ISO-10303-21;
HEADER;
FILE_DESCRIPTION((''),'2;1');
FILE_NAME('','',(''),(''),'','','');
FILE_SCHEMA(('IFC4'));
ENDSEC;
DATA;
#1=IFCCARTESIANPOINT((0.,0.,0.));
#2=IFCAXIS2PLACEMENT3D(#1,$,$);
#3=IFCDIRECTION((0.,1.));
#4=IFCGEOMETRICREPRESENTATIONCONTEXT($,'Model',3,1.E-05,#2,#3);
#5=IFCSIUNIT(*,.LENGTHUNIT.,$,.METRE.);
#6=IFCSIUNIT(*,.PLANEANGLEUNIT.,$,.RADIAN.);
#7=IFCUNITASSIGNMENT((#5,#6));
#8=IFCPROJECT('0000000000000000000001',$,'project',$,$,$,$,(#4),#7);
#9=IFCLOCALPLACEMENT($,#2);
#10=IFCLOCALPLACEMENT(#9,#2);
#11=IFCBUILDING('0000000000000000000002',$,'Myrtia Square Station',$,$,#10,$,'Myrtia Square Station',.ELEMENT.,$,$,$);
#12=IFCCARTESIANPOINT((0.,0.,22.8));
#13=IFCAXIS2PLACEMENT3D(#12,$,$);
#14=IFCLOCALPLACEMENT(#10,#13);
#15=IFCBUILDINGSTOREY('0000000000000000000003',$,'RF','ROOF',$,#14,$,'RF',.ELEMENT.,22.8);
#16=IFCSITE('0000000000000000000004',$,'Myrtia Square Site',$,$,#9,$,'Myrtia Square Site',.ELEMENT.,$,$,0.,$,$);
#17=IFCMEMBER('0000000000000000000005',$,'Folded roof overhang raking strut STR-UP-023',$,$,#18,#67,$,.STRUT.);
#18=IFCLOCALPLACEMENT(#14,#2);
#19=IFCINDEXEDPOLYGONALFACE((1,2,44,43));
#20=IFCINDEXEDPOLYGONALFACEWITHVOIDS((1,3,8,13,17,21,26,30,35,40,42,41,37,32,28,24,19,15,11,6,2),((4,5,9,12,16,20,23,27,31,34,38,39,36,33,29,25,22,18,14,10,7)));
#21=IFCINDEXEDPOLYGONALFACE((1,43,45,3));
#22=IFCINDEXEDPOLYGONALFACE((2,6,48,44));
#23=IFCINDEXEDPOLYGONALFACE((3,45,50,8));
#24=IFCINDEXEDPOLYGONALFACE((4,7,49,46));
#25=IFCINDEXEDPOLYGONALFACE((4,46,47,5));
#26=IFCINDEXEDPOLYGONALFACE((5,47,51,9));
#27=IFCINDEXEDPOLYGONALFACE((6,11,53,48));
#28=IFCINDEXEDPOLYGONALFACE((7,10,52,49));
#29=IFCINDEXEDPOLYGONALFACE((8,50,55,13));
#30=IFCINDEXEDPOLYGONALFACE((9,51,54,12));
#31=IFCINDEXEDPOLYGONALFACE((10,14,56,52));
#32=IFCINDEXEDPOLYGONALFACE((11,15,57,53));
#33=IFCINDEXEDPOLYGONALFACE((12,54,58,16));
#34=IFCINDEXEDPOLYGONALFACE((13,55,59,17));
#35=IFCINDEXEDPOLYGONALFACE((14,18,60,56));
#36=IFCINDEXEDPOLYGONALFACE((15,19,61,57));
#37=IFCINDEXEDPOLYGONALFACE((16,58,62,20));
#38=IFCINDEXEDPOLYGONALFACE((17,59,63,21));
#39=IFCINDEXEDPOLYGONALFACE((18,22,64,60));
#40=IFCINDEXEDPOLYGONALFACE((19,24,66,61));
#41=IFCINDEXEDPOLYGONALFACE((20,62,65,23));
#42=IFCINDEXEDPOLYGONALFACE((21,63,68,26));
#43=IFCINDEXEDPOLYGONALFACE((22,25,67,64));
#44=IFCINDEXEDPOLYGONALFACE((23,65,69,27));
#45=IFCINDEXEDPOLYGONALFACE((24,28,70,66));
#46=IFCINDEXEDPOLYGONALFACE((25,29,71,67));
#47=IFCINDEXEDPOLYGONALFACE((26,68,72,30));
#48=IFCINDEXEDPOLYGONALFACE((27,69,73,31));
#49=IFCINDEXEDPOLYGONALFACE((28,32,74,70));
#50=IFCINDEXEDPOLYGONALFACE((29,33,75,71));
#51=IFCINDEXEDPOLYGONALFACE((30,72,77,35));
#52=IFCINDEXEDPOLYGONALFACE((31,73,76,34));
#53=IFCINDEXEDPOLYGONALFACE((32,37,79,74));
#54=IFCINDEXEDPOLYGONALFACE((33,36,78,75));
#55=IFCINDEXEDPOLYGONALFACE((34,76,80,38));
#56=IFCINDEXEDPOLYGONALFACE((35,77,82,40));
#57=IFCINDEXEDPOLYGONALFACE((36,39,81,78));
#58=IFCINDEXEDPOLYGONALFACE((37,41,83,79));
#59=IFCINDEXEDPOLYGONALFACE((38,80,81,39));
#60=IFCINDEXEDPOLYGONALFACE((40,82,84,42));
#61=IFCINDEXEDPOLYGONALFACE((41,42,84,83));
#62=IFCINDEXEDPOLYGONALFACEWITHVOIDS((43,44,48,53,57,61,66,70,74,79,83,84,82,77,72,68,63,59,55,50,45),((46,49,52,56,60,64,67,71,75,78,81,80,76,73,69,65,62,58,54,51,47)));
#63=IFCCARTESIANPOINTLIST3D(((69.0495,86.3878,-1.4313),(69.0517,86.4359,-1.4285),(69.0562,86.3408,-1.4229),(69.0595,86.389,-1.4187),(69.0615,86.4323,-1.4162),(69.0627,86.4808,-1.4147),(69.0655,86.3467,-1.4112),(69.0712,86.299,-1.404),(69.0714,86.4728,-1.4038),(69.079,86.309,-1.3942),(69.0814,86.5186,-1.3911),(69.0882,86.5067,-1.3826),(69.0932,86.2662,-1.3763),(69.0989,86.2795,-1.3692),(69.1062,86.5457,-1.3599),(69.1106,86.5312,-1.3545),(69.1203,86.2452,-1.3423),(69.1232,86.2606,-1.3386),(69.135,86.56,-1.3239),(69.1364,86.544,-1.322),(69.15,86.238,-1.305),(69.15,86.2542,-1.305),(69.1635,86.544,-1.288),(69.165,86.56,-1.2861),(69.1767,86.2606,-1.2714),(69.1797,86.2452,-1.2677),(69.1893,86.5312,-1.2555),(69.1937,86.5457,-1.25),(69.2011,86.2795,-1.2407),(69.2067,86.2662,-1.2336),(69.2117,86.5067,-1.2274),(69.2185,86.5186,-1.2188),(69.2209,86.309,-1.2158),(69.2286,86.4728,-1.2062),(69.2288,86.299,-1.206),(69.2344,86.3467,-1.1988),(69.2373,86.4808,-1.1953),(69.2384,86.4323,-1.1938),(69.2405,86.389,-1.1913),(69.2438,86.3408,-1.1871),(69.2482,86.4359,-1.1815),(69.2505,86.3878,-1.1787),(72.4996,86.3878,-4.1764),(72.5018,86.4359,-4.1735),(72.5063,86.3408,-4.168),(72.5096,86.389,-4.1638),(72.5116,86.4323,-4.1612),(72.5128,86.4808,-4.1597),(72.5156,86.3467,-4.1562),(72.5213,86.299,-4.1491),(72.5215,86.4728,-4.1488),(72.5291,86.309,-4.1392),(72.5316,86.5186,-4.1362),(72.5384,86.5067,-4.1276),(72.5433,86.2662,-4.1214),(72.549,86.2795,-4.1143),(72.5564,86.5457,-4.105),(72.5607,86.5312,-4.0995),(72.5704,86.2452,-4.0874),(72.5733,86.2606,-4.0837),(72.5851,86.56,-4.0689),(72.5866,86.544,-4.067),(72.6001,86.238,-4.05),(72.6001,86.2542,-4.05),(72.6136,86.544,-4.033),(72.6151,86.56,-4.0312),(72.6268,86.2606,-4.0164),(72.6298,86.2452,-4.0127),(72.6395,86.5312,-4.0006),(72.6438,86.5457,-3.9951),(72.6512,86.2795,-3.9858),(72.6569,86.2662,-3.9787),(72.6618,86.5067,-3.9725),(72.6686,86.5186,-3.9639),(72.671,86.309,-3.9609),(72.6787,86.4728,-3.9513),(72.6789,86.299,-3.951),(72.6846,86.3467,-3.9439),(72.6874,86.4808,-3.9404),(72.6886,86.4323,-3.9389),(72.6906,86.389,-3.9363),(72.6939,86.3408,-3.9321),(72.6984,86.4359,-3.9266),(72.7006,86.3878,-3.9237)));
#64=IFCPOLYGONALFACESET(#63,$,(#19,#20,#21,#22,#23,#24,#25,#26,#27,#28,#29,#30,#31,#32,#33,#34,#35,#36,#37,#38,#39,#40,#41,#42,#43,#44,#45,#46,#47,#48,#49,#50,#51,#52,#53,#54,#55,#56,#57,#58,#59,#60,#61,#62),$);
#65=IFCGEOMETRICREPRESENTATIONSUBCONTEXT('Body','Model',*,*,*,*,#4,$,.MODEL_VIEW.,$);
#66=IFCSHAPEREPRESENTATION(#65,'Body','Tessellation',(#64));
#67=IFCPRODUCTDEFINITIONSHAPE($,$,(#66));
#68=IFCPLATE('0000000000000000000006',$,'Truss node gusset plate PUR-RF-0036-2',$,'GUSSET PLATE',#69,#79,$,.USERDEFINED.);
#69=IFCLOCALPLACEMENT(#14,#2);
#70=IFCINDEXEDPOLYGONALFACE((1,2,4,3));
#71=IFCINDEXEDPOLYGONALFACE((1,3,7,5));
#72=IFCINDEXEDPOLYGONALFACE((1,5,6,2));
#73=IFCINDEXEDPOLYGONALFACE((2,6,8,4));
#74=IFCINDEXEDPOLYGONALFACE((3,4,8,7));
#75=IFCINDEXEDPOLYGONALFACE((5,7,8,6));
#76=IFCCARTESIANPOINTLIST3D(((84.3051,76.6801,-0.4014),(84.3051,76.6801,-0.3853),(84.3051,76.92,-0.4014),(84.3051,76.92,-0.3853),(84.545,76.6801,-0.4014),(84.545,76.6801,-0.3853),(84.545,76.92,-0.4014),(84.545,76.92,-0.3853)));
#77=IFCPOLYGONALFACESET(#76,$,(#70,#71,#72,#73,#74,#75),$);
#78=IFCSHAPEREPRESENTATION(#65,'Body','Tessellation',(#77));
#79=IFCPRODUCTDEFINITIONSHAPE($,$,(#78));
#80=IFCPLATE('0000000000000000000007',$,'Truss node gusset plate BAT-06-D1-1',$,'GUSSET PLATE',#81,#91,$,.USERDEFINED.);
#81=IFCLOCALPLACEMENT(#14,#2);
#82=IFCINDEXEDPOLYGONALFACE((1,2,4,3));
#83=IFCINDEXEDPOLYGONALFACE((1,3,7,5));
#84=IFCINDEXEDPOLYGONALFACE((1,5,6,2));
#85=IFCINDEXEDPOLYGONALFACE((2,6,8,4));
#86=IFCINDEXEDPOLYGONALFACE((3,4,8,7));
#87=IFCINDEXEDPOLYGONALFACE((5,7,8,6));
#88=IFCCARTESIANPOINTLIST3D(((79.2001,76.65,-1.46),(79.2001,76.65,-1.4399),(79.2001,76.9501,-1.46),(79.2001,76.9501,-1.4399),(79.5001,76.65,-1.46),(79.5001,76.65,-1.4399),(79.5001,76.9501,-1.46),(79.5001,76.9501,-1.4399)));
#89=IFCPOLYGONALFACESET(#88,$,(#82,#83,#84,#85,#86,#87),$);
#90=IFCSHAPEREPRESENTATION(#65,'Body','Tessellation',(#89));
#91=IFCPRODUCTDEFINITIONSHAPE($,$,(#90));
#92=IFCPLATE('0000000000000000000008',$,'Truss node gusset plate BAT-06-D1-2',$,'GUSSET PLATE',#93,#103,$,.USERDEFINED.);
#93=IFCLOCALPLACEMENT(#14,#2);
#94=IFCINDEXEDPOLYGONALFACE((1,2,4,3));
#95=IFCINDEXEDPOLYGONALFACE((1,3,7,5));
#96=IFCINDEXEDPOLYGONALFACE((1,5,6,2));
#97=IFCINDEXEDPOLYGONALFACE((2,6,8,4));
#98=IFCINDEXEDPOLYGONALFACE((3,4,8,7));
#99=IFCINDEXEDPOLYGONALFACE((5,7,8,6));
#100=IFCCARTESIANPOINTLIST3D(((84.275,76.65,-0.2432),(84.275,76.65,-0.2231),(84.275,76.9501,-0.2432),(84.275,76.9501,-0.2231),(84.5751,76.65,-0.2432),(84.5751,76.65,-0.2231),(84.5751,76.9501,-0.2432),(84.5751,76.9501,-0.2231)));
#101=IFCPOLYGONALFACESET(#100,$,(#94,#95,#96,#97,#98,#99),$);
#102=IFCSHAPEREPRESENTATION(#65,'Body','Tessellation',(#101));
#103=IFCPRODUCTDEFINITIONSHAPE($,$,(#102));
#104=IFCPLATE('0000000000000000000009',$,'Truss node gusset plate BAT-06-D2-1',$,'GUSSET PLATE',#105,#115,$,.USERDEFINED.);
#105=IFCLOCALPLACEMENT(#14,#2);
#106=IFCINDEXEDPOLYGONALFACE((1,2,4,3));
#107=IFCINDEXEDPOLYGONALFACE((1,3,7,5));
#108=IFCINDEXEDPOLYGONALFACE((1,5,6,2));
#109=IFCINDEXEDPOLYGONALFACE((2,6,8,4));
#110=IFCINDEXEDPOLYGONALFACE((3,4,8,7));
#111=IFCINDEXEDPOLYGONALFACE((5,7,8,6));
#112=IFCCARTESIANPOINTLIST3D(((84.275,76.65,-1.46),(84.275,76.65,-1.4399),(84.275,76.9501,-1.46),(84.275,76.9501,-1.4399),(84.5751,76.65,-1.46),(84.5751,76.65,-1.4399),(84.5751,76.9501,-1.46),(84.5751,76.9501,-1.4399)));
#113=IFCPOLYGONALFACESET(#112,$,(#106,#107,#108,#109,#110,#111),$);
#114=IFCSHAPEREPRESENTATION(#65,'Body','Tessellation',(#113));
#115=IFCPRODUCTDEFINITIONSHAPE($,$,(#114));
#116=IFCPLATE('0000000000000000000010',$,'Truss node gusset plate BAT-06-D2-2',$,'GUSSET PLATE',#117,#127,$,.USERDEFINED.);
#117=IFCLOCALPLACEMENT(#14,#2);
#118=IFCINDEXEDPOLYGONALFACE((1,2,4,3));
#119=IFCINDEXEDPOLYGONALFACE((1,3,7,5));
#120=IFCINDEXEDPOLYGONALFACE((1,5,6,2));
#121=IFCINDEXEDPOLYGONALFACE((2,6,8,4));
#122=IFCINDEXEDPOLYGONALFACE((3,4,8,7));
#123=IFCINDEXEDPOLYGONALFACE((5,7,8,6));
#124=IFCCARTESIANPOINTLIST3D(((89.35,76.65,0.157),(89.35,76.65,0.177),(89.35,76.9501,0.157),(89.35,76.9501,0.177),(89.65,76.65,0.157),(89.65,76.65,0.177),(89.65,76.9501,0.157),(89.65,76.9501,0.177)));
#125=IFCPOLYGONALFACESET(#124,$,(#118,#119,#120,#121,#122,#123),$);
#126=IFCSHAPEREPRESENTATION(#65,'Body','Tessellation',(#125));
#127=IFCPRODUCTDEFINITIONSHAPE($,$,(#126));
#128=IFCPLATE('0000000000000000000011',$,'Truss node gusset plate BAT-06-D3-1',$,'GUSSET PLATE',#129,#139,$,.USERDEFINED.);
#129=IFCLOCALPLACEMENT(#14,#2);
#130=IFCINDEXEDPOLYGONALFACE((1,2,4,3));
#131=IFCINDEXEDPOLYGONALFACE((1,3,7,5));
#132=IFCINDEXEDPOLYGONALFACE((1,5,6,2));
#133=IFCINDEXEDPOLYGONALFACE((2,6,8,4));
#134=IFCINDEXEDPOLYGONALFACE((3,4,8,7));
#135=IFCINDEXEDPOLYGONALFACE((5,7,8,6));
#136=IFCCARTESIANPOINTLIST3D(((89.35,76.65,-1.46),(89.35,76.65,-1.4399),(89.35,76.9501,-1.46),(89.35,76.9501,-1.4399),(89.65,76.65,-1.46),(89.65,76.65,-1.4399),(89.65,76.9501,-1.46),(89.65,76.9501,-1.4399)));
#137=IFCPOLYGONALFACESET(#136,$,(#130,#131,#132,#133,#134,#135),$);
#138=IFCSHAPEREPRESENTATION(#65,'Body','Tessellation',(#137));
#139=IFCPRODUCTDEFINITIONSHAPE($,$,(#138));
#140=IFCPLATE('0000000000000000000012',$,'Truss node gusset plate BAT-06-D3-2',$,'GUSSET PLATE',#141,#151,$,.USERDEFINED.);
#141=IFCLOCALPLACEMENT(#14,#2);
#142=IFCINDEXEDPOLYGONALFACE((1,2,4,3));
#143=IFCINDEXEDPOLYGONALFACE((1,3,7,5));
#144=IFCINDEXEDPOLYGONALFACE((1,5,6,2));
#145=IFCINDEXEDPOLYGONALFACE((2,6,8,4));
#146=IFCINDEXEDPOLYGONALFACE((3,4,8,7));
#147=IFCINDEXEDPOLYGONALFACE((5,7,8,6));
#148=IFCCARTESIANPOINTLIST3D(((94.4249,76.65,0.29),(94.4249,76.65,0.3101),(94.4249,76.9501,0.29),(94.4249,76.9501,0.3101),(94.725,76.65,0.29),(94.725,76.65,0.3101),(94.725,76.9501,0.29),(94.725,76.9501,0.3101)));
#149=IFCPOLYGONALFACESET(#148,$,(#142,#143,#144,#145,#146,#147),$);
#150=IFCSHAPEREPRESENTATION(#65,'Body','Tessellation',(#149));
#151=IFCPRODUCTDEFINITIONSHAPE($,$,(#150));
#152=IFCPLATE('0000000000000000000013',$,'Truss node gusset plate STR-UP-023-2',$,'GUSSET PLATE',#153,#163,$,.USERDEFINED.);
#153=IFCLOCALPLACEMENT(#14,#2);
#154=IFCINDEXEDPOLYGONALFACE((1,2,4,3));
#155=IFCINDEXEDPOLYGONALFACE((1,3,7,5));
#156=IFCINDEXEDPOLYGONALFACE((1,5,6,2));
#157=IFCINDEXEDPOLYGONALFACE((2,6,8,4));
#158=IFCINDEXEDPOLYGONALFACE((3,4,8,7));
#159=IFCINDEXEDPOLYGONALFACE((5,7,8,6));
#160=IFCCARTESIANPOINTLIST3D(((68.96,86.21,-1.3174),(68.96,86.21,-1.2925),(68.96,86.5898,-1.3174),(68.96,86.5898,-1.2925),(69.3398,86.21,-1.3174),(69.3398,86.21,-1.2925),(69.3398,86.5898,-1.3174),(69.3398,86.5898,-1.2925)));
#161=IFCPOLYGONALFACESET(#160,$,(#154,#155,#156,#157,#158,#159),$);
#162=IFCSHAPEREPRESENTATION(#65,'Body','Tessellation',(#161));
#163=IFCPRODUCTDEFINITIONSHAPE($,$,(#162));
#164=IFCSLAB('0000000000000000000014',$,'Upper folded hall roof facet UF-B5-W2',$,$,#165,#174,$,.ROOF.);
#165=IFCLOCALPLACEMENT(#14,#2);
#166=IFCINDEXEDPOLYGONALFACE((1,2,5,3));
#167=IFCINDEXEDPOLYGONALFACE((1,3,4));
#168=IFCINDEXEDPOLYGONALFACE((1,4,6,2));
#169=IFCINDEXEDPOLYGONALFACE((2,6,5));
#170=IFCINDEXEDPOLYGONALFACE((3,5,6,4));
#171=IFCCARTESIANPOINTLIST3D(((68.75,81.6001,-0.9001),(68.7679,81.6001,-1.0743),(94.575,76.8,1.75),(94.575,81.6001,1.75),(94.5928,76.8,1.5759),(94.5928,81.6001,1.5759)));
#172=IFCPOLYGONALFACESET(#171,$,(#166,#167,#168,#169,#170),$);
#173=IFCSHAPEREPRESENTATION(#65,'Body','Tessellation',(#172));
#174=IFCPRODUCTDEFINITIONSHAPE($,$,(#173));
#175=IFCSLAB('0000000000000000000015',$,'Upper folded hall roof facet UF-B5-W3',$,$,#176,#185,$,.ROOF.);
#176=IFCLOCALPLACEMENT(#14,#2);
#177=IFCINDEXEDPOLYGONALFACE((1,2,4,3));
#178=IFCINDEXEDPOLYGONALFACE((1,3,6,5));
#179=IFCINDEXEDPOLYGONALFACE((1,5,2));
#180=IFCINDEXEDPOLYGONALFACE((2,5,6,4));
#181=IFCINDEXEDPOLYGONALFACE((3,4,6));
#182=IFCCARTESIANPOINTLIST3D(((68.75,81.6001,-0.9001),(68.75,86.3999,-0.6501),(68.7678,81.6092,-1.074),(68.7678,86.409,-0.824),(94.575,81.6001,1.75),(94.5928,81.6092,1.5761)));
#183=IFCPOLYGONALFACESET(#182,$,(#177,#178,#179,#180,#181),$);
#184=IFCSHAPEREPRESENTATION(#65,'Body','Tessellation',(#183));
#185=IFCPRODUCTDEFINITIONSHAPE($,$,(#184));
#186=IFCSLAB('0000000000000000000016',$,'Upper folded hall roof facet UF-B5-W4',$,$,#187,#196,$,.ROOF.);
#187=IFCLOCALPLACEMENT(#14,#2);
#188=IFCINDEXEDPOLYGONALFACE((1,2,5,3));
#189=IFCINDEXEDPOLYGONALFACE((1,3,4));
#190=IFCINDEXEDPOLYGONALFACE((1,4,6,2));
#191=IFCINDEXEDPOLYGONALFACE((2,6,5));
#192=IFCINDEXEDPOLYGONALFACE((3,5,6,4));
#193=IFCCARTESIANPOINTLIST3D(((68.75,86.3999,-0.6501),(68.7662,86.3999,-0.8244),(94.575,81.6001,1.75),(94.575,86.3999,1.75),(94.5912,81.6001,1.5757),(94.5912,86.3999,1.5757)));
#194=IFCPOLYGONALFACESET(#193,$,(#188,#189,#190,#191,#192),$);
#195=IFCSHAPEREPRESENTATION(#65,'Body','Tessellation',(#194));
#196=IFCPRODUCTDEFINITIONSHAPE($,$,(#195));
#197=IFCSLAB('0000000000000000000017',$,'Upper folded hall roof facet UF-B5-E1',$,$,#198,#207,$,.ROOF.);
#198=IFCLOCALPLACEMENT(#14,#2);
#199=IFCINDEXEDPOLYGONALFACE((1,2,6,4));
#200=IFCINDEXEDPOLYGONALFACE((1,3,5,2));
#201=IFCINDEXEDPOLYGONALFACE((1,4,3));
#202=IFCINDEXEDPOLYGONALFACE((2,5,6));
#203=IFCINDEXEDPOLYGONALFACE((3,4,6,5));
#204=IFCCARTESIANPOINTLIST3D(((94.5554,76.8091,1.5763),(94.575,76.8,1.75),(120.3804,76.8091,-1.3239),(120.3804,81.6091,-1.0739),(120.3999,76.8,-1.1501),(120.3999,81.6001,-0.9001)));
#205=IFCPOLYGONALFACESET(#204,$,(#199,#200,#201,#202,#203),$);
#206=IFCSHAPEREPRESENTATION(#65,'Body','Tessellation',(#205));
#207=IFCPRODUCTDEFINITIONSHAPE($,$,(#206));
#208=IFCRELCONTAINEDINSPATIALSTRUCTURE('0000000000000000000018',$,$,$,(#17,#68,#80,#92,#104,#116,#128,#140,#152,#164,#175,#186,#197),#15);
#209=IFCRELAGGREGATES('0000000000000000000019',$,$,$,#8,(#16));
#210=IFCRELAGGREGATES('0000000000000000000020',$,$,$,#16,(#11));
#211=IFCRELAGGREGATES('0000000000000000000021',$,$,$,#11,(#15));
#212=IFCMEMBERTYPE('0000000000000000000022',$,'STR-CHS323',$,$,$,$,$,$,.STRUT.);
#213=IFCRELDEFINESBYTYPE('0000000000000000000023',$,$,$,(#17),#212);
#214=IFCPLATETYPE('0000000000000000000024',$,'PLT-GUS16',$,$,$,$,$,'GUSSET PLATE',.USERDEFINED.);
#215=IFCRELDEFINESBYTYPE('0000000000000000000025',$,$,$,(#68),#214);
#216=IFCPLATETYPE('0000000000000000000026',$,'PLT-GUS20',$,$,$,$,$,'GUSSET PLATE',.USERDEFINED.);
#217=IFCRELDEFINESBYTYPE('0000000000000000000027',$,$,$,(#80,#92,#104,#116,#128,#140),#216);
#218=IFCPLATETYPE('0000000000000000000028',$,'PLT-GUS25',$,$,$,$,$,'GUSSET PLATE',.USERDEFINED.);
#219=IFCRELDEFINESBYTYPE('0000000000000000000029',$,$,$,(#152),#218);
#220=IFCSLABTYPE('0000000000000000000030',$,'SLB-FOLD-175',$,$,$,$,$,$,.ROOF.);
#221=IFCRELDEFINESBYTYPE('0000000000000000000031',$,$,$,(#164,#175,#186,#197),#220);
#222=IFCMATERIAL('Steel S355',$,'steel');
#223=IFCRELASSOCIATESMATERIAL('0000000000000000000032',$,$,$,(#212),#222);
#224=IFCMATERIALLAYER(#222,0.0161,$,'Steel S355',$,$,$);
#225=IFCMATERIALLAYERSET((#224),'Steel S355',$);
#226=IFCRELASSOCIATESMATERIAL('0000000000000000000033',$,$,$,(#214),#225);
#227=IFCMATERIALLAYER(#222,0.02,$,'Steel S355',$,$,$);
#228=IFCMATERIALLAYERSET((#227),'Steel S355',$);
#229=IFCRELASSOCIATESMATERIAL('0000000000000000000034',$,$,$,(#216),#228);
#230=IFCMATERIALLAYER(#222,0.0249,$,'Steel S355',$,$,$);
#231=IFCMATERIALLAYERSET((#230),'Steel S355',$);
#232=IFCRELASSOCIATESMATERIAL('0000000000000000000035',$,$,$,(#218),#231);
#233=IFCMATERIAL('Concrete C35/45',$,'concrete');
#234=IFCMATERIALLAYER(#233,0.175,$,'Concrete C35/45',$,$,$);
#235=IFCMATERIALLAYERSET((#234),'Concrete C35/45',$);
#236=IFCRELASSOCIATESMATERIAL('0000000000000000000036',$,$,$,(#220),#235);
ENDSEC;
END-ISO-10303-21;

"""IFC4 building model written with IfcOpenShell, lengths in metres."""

from ifc_helpers import new_model, si_unit, direction, frame, origin, origin_2d, place, context, subcontext, project, spatial, polyline, rectangle, hollow_circle, outline, extrude, material, layer, layer_set, material_profile, profile_set, type_object, element, save


model = new_model("IFC4")

# Units and contexts
model_context = context("Model", 3, precision=1e-05, world=origin(), true_north=direction((0.0, 1.0)))
body_context = subcontext(model_context, "Body", "Model", "MODEL_VIEW")
ifc_project = project(units=[si_unit("LENGTHUNIT", "METRE"), si_unit("PLANEANGLEUNIT", "RADIAN")], contexts=[model_context])

# Site, building, storey
site_placement = place(None, origin())
site = spatial("IfcSite", under=ifc_project, at=site_placement, Name="Myrtia Square Site", LongName="Myrtia Square Site", CompositionType="ELEMENT", RefElevation=0.0)
building_placement = place(site_placement, origin())
building = spatial("IfcBuilding", under=site, at=building_placement, Name="Myrtia Square Station", LongName="Myrtia Square Station", CompositionType="ELEMENT")
storey_placement = place(building_placement, frame((0.0, 0.0, 22.8)))
storey = spatial("IfcBuildingStorey", under=building, at=storey_placement, Name="RF", Description="ROOF", LongName="RF", CompositionType="ELEMENT", Elevation=22.8)

# Member
ifc_material_1 = material(Name="Steel S355", Category="steel")
ifc_material_profile_1 = material_profile(ifc_material_1, hollow_circle(Radius=0.1619, WallThickness=0.0161, at=origin_2d()), Name="CHS 323.9x16")
ifc_profile_set_1 = profile_set([ifc_material_profile_1], Name="Steel S355")
member_type_1 = type_object("IfcMemberType", Name="STR-CHS323", PredefinedType="STRUT", material=ifc_profile_set_1)
member_1_placement = place(storey_placement, frame((72.6001, 86.3999, -4.05), z_axis=(-0.78253, 0.0, 0.622613), x_axis=(0.0, -1.0, 0.0)))
element("IfcMember", 1, at=member_1_placement, inside=storey, type_object=member_type_1, Name="Folded roof overhang raking strut STR-UP-023", PredefinedType="STRUT", context=body_context, shape_type="SweptSolid", body=[
    extrude(hollow_circle(Radius=0.1619, WallThickness=0.0161, at=origin_2d()), origin(), (0.0, 0.0, 1.0), 4.4089),
])

# Plates
ifc_layer_1 = layer(ifc_material_1, 0.0161, Name="Steel S355")
ifc_layer_set_1 = layer_set([ifc_layer_1], Name="Steel S355")
plate_type_1 = type_object("IfcPlateType", Name="PLT-GUS16", ElementType="GUSSET PLATE", PredefinedType="USERDEFINED", material=ifc_layer_set_1)
plate_1_placement = place(storey_placement, frame((84.425, 76.8, -0.4014), z_axis=(0.0, 0.0, 1.0), x_axis=(0.0, 1.0, 0.0)))
element("IfcPlate", 2, at=plate_1_placement, inside=storey, type_object=plate_type_1, Name="Truss node gusset plate PUR-RF-0036-2", ObjectType="GUSSET PLATE", PredefinedType="USERDEFINED", context=body_context, shape_type="SweptSolid", body=[
    extrude(rectangle(XDim=0.24, YDim=0.24, at=origin_2d()), origin(), (0.0, 0.0, 1.0), 0.0161),
])
ifc_layer_2 = layer(ifc_material_1, 0.02, Name="Steel S355")
ifc_layer_set_2 = layer_set([ifc_layer_2], Name="Steel S355")
plate_type_2 = type_object("IfcPlateType", Name="PLT-GUS20", ElementType="GUSSET PLATE", PredefinedType="USERDEFINED", material=ifc_layer_set_2)
for number, where, z_axis, x_axis, name in (
    (3, (79.3501, 76.8, -1.46), (0.0, 0.0, 1.0), (1.0, 0.0, 0.0), "Truss node gusset plate BAT-06-D1-1"),
    (4, (84.425, 76.8, -0.2432), (0.0, 0.0, 1.0), (1.0, 0.0, 0.0), "Truss node gusset plate BAT-06-D1-2"),
    (5, (84.425, 76.8, -1.46), (0.0, 0.0, 1.0), (1.0, 0.0, 0.0), "Truss node gusset plate BAT-06-D2-1"),
    (6, (89.5, 76.8, 0.157), (0.0, 0.0, 1.0), (1.0, 0.0, 0.0), "Truss node gusset plate BAT-06-D2-2"),
    (7, (89.5, 76.8, -1.46), (0.0, 0.0, 1.0), (1.0, 0.0, 0.0), "Truss node gusset plate BAT-06-D3-1"),
    (8, (94.575, 76.8, 0.29), (0.0, 0.0, 1.0), (1.0, 0.0, 0.0), "Truss node gusset plate BAT-06-D3-2"),
):
    element("IfcPlate", number, at=place(storey_placement, frame(where, z_axis=z_axis, x_axis=x_axis)), inside=storey, type_object=plate_type_2, Name=name, ObjectType="GUSSET PLATE", PredefinedType="USERDEFINED", context=body_context, shape_type="SweptSolid", body=[
        extrude(rectangle(XDim=0.3, YDim=0.3, at=origin_2d()), origin(), (0.0, 0.0, 1.0), 0.02),
    ])
ifc_layer_3 = layer(ifc_material_1, 0.0249, Name="Steel S355")
ifc_layer_set_3 = layer_set([ifc_layer_3], Name="Steel S355")
plate_type_3 = type_object("IfcPlateType", Name="PLT-GUS25", ElementType="GUSSET PLATE", PredefinedType="USERDEFINED", material=ifc_layer_set_3)
plate_2_placement = place(storey_placement, frame((69.1499, 86.3999, -1.3174), z_axis=(0.0, 0.0, 1.0), x_axis=(-1.0, 0.0, 0.0)))
element("IfcPlate", 9, at=plate_2_placement, inside=storey, type_object=plate_type_3, Name="Truss node gusset plate STR-UP-023-2", ObjectType="GUSSET PLATE", PredefinedType="USERDEFINED", context=body_context, shape_type="SweptSolid", body=[
    extrude(rectangle(XDim=0.3799, YDim=0.3799, at=origin_2d()), origin(), (0.0, 0.0, 1.0), 0.0249),
])

# Slabs
ifc_material_2 = material(Name="Concrete C35/45", Category="concrete")
ifc_layer_4 = layer(ifc_material_2, 0.175, Name="Concrete C35/45")
ifc_layer_set_4 = layer_set([ifc_layer_4], Name="Concrete C35/45")
slab_type = type_object("IfcSlabType", Name="SLB-FOLD-175", PredefinedType="ROOF", material=ifc_layer_set_4)
slab_1_placement = place(storey_placement, frame((94.575, 76.8, 1.75), z_axis=(-0.102084, 0.0, 0.994776), x_axis=(0.0, 1.0, 0.0)))
element("IfcSlab", 10, at=slab_1_placement, inside=storey, type_object=slab_type, Name="Upper folded hall roof facet UF-B5-W2", PredefinedType="ROOF", context=body_context, shape_type="SweptSolid", body=[
    extrude(outline(polyline([(0.0, 0.0), (4.8, 0.0), (4.8, 25.9606), (0.0, 0.0)])), origin(), (0.0, 0.0, -1.0), 0.175),
])
slab_2_placement = place(storey_placement, frame((68.75, 81.6001, -0.9001), z_axis=(-0.101947, -0.051744, 0.993443), x_axis=(0.994776, 0.0, 0.102084)))
element("IfcSlab", 11, at=slab_2_placement, inside=storey, type_object=slab_type, Name="Upper folded hall roof facet UF-B5-W3", PredefinedType="ROOF", context=body_context, shape_type="SweptSolid", body=[
    extrude(outline(polyline([(0.0, 0.0), (25.9606, 0.0), (0.0255, 4.8062), (0.0, 0.0)])), origin(), (0.0, 0.0, -1.0), 0.175),
])
slab_3_placement = place(storey_placement, frame((94.575, 81.6001, 1.75), z_axis=(-0.09254, 0.0, 0.995709), x_axis=(0.0, 1.0, 0.0)))
element("IfcSlab", 12, at=slab_3_placement, inside=storey, type_object=slab_type, Name="Upper folded hall roof facet UF-B5-W4", PredefinedType="ROOF", context=body_context, shape_type="SweptSolid", body=[
    extrude(outline(polyline([(0.0, 0.0), (4.7998, 0.0), (4.7998, 25.9362), (0.0, 0.0)])), origin(), (0.0, 0.0, -1.0), 0.175),
])
slab_4_placement = place(storey_placement, frame((94.575, 76.8, 1.75), z_axis=(0.111449, -0.051688, 0.992425), x_axis=(0.993753, 0.0, -0.111599)))
element("IfcSlab", 13, at=slab_4_placement, inside=storey, type_object=slab_type, Name="Upper folded hall roof facet UF-B5-E1", PredefinedType="ROOF", context=body_context, shape_type="SweptSolid", body=[
    extrude(outline(polyline([(0.0, 0.0), (25.9873, 0.0), (25.9594, 4.8065), (0.0, 0.0)])), origin(), (0.0, 0.0, -1.0), 0.175),
])

save(model, "model.ifc")
